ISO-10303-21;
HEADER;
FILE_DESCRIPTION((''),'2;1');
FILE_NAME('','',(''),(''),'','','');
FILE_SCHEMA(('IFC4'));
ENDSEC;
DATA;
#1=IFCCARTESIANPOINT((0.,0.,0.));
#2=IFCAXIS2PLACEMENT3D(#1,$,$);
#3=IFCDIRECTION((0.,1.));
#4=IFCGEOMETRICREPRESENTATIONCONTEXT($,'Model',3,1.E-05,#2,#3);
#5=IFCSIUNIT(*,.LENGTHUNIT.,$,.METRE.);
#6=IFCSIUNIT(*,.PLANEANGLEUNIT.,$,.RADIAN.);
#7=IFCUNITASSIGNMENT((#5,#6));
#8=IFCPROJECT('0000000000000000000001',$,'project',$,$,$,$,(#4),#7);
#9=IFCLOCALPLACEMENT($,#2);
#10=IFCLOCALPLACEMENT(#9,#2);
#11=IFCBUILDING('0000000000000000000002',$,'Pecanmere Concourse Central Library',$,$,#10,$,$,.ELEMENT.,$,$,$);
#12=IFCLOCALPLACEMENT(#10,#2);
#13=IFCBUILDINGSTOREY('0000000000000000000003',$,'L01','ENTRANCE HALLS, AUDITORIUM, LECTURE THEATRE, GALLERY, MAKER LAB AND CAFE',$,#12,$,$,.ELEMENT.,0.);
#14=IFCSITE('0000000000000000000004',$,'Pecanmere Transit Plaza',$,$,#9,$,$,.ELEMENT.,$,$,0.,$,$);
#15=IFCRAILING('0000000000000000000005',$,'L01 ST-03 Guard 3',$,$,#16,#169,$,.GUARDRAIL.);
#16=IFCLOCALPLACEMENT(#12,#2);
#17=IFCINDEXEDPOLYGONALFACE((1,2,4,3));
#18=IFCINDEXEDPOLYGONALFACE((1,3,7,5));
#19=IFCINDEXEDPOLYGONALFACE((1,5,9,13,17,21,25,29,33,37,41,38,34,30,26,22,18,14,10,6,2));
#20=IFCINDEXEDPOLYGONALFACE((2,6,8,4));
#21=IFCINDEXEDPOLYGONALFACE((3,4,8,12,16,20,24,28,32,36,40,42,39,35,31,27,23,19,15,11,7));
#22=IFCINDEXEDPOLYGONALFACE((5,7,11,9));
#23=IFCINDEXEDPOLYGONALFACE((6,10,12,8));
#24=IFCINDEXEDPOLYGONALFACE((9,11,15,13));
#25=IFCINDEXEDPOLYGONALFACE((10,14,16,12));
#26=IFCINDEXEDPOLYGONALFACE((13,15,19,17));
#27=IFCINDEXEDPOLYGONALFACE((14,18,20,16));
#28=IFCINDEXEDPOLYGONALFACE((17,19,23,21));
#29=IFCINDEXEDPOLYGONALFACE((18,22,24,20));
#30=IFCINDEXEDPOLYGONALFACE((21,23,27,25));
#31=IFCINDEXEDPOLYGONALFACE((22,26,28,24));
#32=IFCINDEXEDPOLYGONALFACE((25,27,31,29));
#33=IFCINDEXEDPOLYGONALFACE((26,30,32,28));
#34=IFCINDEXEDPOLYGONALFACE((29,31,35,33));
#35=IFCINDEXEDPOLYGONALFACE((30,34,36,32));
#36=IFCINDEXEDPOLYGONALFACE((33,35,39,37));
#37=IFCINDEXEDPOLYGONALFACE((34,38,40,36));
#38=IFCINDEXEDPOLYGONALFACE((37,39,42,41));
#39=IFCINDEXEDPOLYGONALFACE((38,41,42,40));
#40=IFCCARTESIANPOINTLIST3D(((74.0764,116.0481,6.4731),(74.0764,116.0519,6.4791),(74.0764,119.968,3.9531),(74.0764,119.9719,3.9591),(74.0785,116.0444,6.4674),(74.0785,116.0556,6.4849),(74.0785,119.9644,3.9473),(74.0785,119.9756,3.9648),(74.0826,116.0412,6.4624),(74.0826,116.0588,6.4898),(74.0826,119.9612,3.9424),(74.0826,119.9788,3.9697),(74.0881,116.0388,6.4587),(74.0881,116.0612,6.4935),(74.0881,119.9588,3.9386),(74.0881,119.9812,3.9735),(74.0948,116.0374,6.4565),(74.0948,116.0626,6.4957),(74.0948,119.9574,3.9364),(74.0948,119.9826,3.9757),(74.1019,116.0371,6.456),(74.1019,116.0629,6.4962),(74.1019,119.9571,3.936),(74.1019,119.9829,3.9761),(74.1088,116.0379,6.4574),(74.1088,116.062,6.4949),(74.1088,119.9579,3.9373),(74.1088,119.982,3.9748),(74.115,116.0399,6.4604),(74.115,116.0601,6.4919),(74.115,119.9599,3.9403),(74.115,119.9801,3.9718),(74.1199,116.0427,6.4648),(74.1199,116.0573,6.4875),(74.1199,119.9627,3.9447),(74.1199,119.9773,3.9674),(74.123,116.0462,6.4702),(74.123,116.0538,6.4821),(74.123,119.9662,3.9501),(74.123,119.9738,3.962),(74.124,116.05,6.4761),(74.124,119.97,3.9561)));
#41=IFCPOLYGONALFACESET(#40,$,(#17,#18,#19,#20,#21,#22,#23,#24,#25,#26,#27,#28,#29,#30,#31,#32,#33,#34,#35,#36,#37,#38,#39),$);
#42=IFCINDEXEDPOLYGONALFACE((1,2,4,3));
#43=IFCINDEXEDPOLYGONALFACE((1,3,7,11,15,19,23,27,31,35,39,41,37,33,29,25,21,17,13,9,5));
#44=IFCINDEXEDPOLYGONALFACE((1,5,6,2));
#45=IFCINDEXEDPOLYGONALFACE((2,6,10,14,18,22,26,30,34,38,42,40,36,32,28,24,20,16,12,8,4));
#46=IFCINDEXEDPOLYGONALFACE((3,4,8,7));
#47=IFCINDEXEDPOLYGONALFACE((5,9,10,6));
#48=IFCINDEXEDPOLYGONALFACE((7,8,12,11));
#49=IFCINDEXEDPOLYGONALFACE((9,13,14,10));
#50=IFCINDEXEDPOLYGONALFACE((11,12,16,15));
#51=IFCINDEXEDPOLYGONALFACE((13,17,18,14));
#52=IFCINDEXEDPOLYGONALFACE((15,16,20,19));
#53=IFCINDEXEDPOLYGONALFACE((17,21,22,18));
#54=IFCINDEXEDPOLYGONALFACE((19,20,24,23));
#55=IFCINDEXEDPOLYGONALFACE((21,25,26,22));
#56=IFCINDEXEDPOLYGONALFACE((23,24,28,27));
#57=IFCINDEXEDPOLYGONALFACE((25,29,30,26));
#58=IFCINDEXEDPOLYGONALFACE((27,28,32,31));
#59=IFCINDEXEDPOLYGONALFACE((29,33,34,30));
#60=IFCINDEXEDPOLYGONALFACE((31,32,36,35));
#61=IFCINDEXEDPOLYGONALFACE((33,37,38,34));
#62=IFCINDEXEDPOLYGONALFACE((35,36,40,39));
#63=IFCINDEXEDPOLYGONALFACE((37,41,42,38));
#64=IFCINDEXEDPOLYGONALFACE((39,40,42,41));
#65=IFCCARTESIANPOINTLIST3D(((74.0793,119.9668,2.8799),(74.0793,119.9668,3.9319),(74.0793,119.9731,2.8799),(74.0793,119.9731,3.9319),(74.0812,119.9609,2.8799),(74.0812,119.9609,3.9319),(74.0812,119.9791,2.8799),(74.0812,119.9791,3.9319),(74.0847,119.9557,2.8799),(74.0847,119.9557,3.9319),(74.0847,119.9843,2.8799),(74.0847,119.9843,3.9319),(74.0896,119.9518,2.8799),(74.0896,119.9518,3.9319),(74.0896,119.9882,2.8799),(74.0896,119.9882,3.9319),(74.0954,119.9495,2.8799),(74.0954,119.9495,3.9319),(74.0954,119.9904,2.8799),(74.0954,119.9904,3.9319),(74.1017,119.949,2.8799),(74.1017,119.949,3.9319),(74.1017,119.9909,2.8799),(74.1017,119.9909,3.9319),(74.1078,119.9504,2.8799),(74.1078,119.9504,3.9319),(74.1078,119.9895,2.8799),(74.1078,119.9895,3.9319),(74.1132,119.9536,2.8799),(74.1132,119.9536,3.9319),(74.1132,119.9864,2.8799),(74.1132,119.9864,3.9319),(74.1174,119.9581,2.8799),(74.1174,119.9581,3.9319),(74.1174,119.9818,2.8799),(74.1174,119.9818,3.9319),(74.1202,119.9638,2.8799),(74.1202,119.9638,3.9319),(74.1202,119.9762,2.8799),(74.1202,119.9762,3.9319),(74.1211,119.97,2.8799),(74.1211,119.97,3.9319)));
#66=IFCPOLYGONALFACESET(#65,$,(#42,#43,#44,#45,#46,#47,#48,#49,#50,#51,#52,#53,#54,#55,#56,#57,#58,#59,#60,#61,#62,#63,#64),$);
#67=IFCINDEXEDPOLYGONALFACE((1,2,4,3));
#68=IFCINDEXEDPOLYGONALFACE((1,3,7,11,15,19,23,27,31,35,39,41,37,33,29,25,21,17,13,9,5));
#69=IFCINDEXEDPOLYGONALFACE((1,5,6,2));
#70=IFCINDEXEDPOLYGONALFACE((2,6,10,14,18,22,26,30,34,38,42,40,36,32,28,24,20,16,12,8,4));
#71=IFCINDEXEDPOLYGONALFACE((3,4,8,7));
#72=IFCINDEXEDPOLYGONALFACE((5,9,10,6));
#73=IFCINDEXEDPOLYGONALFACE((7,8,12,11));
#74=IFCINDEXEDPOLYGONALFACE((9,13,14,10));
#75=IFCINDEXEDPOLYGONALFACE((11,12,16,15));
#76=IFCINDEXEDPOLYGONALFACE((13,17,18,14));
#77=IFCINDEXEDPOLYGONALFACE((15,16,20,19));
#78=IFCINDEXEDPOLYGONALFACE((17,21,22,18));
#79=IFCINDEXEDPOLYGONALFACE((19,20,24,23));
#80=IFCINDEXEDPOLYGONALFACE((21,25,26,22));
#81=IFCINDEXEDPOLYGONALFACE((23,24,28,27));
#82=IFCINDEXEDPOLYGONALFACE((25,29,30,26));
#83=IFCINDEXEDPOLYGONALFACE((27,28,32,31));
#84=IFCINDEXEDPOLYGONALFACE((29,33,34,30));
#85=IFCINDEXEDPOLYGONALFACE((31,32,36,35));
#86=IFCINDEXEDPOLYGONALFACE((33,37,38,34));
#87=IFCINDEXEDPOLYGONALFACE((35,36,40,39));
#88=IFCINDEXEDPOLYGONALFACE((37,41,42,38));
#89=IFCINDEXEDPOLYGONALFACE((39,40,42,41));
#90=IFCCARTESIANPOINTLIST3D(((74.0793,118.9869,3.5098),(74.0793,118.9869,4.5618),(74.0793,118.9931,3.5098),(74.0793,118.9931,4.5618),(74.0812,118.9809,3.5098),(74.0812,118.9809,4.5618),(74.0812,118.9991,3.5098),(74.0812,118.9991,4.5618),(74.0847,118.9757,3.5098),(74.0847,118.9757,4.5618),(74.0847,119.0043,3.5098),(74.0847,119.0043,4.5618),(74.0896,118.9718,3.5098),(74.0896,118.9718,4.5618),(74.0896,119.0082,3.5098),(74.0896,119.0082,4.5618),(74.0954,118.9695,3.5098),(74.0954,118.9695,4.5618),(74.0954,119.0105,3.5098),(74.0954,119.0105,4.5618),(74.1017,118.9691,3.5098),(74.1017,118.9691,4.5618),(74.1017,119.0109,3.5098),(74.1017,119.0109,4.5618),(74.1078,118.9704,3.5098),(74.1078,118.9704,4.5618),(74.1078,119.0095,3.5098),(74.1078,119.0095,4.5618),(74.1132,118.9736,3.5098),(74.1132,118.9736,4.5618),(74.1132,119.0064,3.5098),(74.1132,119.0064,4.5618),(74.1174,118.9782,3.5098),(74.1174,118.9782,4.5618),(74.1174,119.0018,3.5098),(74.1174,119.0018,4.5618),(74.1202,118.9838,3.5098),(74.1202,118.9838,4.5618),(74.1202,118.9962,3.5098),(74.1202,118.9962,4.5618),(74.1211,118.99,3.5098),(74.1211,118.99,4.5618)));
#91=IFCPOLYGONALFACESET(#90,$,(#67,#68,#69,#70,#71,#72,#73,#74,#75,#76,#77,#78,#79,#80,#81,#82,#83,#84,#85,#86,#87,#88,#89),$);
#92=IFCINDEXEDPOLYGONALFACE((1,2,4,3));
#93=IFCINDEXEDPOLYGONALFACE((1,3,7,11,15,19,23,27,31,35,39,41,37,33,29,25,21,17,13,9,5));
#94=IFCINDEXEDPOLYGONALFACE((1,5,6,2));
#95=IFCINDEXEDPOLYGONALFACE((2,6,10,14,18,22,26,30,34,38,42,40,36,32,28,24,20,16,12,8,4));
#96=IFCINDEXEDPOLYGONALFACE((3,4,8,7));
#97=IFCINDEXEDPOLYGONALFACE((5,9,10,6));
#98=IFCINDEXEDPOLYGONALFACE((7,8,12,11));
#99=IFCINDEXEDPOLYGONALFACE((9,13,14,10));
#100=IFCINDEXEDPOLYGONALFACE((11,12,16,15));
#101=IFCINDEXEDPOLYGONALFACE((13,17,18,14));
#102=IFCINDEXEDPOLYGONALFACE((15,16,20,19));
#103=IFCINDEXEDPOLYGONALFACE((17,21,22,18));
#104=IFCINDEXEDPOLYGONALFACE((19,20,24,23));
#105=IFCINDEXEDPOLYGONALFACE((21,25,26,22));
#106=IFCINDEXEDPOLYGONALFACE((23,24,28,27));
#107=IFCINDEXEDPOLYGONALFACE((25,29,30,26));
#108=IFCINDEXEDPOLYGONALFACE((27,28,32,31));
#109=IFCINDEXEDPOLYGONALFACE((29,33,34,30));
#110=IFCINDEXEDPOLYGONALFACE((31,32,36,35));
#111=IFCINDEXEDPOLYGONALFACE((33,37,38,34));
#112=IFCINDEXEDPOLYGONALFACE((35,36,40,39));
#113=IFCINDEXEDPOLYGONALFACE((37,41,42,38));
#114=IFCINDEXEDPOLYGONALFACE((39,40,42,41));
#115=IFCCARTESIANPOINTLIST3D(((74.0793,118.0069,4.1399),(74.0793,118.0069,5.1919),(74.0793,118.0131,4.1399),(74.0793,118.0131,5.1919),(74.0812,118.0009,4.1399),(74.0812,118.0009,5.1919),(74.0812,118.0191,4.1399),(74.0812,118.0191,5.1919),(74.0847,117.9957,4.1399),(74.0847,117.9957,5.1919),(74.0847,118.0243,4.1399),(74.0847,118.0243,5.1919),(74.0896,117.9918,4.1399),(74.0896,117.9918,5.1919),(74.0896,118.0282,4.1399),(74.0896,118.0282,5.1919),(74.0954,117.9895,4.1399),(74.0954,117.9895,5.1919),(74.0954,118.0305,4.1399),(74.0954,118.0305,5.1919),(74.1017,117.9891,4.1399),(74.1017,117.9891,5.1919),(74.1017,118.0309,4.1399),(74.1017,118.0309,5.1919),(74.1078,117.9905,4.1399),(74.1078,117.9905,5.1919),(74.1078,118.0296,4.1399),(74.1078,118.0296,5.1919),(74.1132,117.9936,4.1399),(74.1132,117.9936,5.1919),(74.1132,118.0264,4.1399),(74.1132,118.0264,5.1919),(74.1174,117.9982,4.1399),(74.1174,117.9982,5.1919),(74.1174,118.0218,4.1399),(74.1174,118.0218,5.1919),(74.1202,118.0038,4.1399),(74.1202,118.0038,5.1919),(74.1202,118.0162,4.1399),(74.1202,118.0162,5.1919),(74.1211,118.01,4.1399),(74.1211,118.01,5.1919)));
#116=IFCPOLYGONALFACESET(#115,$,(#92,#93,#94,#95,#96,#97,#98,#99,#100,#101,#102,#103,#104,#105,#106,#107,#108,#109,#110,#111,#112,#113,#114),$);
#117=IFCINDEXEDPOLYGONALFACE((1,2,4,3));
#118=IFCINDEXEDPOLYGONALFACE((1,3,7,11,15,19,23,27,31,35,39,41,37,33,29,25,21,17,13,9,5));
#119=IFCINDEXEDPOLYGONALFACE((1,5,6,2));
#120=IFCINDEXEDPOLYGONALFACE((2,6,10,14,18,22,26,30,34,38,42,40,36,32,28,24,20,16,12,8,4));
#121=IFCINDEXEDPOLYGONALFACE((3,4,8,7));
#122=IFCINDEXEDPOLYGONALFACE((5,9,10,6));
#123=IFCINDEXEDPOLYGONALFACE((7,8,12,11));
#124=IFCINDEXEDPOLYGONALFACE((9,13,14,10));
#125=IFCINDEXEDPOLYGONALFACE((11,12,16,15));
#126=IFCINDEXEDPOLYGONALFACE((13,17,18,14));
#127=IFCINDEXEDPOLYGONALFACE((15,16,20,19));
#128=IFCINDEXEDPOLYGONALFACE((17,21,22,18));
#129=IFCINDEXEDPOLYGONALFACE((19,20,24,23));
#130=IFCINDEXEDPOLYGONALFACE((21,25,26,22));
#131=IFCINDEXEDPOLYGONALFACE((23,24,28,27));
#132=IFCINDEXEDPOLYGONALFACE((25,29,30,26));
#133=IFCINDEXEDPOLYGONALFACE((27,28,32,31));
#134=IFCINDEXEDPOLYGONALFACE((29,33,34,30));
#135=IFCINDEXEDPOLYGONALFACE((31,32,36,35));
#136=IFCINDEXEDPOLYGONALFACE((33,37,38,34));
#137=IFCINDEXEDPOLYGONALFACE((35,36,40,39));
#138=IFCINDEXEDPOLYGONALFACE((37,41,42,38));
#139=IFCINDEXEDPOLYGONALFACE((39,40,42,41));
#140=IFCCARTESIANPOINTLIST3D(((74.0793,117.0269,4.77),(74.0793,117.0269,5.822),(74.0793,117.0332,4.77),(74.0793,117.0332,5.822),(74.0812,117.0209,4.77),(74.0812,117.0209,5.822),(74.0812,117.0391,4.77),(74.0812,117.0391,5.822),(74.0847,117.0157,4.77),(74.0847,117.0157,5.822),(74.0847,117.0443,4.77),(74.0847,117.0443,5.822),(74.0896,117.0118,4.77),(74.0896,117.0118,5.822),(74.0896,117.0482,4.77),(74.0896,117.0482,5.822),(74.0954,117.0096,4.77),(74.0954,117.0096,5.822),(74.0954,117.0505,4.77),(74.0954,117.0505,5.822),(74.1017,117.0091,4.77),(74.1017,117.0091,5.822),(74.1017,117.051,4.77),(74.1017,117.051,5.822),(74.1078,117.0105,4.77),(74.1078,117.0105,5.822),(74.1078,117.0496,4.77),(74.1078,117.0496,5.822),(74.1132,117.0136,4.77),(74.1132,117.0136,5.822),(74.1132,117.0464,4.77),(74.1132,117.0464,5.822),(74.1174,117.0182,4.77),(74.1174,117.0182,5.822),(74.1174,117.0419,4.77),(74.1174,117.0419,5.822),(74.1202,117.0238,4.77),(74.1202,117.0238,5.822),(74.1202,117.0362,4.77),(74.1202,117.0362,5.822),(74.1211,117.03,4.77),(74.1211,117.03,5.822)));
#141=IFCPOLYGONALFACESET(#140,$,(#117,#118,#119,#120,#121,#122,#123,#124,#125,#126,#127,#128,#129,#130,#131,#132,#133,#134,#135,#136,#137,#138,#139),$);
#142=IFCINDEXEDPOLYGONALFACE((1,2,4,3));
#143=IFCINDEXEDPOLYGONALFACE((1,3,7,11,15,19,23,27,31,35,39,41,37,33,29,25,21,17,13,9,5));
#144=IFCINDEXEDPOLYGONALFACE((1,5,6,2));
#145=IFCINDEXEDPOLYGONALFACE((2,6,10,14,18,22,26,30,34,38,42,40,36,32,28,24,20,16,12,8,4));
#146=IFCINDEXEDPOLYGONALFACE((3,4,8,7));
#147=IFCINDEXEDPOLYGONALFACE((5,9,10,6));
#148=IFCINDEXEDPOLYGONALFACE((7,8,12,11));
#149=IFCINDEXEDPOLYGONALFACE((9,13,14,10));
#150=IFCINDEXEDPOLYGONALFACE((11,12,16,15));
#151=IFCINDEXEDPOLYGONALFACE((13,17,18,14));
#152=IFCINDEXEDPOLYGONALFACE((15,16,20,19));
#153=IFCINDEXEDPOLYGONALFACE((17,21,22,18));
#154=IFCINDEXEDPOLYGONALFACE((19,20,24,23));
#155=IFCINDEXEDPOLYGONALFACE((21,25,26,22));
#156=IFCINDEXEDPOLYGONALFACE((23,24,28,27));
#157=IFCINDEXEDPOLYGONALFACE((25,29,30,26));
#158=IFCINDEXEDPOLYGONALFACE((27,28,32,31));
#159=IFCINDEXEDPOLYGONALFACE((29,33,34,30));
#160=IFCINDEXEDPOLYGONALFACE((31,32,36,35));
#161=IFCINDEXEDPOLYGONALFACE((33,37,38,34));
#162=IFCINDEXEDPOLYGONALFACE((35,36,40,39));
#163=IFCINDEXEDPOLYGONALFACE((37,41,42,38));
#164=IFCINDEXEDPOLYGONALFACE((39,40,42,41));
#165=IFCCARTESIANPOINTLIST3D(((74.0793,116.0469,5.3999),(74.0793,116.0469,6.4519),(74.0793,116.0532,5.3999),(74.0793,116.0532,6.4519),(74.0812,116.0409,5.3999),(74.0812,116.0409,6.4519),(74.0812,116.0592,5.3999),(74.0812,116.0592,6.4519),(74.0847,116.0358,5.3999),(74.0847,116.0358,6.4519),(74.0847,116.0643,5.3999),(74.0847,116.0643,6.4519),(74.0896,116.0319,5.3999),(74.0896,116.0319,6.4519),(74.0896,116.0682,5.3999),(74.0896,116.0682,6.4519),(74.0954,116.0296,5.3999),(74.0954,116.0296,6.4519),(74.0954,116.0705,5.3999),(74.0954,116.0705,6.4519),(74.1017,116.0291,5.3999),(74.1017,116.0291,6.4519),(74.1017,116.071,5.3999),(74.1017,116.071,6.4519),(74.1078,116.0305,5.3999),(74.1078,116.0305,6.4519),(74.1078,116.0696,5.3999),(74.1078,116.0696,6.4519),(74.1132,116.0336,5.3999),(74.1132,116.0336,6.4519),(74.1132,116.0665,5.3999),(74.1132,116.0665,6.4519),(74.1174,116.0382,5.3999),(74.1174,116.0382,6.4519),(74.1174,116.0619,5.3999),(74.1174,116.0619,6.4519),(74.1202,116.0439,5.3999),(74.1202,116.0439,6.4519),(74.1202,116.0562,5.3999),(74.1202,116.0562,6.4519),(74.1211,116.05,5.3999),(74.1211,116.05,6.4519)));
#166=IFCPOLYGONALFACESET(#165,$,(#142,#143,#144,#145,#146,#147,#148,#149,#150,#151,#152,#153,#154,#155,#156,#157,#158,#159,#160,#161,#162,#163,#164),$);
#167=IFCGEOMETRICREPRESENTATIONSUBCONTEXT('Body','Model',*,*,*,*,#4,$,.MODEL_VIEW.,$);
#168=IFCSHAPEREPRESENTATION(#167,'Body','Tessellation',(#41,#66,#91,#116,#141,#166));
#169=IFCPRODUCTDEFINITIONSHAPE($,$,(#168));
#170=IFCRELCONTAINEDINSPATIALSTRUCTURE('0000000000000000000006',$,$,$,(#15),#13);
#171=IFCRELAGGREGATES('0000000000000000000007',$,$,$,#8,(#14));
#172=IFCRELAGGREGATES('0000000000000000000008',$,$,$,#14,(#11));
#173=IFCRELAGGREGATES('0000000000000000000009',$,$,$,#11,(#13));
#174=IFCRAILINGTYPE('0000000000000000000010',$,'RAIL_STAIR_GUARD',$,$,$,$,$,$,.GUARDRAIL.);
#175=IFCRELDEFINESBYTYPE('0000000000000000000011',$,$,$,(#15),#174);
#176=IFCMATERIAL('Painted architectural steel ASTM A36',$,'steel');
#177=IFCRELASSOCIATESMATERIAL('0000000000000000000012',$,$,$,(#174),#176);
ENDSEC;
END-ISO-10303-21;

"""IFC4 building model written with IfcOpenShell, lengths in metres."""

from ifc_helpers import new_model, si_unit, direction, frame, origin, origin_2d, place, context, subcontext, project, spatial, circle, extrude, material, type_object, element, save


model = new_model("IFC4")

# Units and contexts
model_context = context("Model", 3, precision=1e-05, world=origin(), true_north=direction((0.0, 1.0)))
body_context = subcontext(model_context, "Body", "Model", "MODEL_VIEW")
ifc_project = project(units=[si_unit("LENGTHUNIT", "METRE"), si_unit("PLANEANGLEUNIT", "RADIAN")], contexts=[model_context])

# Site, building, storey
site_placement = place(None, origin())
site = spatial("IfcSite", under=ifc_project, at=site_placement, Name="Pecanmere Transit Plaza", CompositionType="ELEMENT", RefElevation=0.0)
building_placement = place(site_placement, origin())
building = spatial("IfcBuilding", under=site, at=building_placement, Name="Pecanmere Concourse Central Library", CompositionType="ELEMENT")
storey_placement = place(building_placement, origin())
storey = spatial("IfcBuildingStorey", under=building, at=storey_placement, Name="L01", Description="ENTRANCE HALLS, AUDITORIUM, LECTURE THEATRE, GALLERY, MAKER LAB AND CAFE", CompositionType="ELEMENT", Elevation=0.0)

# Railing
ifc_material_1 = material(Name="Painted architectural steel ASTM A36", Category="steel")
railing_type_1 = type_object("IfcRailingType", Name="RAIL_STAIR_GUARD", PredefinedType="GUARDRAIL", material=ifc_material_1)
railing_1_placement = place(storey_placement, frame((74.1001, 119.97, 2.8799)))
element("IfcRailing", 1, at=railing_1_placement, inside=storey, type_object=railing_type_1, Name="L01 ST-03 Guard 3", PredefinedType="GUARDRAIL", context=body_context, shape_type="SweptSolid", body=[
    extrude(circle(Radius=0.0239, at=origin_2d()), frame((0.0, 0.0, 1.0762), z_axis=(0.0, -0.841172, 0.540768), x_axis=(1.0, 0.0, 0.0)), (0.0, 0.0, 1.0), 4.6602),
    extrude(circle(Radius=0.021, at=origin_2d()), origin(), (0.0, 0.0, 1.0), 1.052),
    extrude(circle(Radius=0.021, at=origin_2d()), frame((0.0, -0.98, 0.6299)), (0.0, 0.0, 1.0), 1.052),
    extrude(circle(Radius=0.021, at=origin_2d()), frame((0.0, -1.96, 1.26)), (0.0, 0.0, 1.0), 1.052),
    extrude(circle(Radius=0.021, at=origin_2d()), frame((0.0, -2.9399, 1.8901)), (0.0, 0.0, 1.0), 1.052),
    extrude(circle(Radius=0.021, at=origin_2d()), frame((0.0, -3.9199, 2.52)), (0.0, 0.0, 1.0), 1.052),
])

save(model, "model.ifc")
